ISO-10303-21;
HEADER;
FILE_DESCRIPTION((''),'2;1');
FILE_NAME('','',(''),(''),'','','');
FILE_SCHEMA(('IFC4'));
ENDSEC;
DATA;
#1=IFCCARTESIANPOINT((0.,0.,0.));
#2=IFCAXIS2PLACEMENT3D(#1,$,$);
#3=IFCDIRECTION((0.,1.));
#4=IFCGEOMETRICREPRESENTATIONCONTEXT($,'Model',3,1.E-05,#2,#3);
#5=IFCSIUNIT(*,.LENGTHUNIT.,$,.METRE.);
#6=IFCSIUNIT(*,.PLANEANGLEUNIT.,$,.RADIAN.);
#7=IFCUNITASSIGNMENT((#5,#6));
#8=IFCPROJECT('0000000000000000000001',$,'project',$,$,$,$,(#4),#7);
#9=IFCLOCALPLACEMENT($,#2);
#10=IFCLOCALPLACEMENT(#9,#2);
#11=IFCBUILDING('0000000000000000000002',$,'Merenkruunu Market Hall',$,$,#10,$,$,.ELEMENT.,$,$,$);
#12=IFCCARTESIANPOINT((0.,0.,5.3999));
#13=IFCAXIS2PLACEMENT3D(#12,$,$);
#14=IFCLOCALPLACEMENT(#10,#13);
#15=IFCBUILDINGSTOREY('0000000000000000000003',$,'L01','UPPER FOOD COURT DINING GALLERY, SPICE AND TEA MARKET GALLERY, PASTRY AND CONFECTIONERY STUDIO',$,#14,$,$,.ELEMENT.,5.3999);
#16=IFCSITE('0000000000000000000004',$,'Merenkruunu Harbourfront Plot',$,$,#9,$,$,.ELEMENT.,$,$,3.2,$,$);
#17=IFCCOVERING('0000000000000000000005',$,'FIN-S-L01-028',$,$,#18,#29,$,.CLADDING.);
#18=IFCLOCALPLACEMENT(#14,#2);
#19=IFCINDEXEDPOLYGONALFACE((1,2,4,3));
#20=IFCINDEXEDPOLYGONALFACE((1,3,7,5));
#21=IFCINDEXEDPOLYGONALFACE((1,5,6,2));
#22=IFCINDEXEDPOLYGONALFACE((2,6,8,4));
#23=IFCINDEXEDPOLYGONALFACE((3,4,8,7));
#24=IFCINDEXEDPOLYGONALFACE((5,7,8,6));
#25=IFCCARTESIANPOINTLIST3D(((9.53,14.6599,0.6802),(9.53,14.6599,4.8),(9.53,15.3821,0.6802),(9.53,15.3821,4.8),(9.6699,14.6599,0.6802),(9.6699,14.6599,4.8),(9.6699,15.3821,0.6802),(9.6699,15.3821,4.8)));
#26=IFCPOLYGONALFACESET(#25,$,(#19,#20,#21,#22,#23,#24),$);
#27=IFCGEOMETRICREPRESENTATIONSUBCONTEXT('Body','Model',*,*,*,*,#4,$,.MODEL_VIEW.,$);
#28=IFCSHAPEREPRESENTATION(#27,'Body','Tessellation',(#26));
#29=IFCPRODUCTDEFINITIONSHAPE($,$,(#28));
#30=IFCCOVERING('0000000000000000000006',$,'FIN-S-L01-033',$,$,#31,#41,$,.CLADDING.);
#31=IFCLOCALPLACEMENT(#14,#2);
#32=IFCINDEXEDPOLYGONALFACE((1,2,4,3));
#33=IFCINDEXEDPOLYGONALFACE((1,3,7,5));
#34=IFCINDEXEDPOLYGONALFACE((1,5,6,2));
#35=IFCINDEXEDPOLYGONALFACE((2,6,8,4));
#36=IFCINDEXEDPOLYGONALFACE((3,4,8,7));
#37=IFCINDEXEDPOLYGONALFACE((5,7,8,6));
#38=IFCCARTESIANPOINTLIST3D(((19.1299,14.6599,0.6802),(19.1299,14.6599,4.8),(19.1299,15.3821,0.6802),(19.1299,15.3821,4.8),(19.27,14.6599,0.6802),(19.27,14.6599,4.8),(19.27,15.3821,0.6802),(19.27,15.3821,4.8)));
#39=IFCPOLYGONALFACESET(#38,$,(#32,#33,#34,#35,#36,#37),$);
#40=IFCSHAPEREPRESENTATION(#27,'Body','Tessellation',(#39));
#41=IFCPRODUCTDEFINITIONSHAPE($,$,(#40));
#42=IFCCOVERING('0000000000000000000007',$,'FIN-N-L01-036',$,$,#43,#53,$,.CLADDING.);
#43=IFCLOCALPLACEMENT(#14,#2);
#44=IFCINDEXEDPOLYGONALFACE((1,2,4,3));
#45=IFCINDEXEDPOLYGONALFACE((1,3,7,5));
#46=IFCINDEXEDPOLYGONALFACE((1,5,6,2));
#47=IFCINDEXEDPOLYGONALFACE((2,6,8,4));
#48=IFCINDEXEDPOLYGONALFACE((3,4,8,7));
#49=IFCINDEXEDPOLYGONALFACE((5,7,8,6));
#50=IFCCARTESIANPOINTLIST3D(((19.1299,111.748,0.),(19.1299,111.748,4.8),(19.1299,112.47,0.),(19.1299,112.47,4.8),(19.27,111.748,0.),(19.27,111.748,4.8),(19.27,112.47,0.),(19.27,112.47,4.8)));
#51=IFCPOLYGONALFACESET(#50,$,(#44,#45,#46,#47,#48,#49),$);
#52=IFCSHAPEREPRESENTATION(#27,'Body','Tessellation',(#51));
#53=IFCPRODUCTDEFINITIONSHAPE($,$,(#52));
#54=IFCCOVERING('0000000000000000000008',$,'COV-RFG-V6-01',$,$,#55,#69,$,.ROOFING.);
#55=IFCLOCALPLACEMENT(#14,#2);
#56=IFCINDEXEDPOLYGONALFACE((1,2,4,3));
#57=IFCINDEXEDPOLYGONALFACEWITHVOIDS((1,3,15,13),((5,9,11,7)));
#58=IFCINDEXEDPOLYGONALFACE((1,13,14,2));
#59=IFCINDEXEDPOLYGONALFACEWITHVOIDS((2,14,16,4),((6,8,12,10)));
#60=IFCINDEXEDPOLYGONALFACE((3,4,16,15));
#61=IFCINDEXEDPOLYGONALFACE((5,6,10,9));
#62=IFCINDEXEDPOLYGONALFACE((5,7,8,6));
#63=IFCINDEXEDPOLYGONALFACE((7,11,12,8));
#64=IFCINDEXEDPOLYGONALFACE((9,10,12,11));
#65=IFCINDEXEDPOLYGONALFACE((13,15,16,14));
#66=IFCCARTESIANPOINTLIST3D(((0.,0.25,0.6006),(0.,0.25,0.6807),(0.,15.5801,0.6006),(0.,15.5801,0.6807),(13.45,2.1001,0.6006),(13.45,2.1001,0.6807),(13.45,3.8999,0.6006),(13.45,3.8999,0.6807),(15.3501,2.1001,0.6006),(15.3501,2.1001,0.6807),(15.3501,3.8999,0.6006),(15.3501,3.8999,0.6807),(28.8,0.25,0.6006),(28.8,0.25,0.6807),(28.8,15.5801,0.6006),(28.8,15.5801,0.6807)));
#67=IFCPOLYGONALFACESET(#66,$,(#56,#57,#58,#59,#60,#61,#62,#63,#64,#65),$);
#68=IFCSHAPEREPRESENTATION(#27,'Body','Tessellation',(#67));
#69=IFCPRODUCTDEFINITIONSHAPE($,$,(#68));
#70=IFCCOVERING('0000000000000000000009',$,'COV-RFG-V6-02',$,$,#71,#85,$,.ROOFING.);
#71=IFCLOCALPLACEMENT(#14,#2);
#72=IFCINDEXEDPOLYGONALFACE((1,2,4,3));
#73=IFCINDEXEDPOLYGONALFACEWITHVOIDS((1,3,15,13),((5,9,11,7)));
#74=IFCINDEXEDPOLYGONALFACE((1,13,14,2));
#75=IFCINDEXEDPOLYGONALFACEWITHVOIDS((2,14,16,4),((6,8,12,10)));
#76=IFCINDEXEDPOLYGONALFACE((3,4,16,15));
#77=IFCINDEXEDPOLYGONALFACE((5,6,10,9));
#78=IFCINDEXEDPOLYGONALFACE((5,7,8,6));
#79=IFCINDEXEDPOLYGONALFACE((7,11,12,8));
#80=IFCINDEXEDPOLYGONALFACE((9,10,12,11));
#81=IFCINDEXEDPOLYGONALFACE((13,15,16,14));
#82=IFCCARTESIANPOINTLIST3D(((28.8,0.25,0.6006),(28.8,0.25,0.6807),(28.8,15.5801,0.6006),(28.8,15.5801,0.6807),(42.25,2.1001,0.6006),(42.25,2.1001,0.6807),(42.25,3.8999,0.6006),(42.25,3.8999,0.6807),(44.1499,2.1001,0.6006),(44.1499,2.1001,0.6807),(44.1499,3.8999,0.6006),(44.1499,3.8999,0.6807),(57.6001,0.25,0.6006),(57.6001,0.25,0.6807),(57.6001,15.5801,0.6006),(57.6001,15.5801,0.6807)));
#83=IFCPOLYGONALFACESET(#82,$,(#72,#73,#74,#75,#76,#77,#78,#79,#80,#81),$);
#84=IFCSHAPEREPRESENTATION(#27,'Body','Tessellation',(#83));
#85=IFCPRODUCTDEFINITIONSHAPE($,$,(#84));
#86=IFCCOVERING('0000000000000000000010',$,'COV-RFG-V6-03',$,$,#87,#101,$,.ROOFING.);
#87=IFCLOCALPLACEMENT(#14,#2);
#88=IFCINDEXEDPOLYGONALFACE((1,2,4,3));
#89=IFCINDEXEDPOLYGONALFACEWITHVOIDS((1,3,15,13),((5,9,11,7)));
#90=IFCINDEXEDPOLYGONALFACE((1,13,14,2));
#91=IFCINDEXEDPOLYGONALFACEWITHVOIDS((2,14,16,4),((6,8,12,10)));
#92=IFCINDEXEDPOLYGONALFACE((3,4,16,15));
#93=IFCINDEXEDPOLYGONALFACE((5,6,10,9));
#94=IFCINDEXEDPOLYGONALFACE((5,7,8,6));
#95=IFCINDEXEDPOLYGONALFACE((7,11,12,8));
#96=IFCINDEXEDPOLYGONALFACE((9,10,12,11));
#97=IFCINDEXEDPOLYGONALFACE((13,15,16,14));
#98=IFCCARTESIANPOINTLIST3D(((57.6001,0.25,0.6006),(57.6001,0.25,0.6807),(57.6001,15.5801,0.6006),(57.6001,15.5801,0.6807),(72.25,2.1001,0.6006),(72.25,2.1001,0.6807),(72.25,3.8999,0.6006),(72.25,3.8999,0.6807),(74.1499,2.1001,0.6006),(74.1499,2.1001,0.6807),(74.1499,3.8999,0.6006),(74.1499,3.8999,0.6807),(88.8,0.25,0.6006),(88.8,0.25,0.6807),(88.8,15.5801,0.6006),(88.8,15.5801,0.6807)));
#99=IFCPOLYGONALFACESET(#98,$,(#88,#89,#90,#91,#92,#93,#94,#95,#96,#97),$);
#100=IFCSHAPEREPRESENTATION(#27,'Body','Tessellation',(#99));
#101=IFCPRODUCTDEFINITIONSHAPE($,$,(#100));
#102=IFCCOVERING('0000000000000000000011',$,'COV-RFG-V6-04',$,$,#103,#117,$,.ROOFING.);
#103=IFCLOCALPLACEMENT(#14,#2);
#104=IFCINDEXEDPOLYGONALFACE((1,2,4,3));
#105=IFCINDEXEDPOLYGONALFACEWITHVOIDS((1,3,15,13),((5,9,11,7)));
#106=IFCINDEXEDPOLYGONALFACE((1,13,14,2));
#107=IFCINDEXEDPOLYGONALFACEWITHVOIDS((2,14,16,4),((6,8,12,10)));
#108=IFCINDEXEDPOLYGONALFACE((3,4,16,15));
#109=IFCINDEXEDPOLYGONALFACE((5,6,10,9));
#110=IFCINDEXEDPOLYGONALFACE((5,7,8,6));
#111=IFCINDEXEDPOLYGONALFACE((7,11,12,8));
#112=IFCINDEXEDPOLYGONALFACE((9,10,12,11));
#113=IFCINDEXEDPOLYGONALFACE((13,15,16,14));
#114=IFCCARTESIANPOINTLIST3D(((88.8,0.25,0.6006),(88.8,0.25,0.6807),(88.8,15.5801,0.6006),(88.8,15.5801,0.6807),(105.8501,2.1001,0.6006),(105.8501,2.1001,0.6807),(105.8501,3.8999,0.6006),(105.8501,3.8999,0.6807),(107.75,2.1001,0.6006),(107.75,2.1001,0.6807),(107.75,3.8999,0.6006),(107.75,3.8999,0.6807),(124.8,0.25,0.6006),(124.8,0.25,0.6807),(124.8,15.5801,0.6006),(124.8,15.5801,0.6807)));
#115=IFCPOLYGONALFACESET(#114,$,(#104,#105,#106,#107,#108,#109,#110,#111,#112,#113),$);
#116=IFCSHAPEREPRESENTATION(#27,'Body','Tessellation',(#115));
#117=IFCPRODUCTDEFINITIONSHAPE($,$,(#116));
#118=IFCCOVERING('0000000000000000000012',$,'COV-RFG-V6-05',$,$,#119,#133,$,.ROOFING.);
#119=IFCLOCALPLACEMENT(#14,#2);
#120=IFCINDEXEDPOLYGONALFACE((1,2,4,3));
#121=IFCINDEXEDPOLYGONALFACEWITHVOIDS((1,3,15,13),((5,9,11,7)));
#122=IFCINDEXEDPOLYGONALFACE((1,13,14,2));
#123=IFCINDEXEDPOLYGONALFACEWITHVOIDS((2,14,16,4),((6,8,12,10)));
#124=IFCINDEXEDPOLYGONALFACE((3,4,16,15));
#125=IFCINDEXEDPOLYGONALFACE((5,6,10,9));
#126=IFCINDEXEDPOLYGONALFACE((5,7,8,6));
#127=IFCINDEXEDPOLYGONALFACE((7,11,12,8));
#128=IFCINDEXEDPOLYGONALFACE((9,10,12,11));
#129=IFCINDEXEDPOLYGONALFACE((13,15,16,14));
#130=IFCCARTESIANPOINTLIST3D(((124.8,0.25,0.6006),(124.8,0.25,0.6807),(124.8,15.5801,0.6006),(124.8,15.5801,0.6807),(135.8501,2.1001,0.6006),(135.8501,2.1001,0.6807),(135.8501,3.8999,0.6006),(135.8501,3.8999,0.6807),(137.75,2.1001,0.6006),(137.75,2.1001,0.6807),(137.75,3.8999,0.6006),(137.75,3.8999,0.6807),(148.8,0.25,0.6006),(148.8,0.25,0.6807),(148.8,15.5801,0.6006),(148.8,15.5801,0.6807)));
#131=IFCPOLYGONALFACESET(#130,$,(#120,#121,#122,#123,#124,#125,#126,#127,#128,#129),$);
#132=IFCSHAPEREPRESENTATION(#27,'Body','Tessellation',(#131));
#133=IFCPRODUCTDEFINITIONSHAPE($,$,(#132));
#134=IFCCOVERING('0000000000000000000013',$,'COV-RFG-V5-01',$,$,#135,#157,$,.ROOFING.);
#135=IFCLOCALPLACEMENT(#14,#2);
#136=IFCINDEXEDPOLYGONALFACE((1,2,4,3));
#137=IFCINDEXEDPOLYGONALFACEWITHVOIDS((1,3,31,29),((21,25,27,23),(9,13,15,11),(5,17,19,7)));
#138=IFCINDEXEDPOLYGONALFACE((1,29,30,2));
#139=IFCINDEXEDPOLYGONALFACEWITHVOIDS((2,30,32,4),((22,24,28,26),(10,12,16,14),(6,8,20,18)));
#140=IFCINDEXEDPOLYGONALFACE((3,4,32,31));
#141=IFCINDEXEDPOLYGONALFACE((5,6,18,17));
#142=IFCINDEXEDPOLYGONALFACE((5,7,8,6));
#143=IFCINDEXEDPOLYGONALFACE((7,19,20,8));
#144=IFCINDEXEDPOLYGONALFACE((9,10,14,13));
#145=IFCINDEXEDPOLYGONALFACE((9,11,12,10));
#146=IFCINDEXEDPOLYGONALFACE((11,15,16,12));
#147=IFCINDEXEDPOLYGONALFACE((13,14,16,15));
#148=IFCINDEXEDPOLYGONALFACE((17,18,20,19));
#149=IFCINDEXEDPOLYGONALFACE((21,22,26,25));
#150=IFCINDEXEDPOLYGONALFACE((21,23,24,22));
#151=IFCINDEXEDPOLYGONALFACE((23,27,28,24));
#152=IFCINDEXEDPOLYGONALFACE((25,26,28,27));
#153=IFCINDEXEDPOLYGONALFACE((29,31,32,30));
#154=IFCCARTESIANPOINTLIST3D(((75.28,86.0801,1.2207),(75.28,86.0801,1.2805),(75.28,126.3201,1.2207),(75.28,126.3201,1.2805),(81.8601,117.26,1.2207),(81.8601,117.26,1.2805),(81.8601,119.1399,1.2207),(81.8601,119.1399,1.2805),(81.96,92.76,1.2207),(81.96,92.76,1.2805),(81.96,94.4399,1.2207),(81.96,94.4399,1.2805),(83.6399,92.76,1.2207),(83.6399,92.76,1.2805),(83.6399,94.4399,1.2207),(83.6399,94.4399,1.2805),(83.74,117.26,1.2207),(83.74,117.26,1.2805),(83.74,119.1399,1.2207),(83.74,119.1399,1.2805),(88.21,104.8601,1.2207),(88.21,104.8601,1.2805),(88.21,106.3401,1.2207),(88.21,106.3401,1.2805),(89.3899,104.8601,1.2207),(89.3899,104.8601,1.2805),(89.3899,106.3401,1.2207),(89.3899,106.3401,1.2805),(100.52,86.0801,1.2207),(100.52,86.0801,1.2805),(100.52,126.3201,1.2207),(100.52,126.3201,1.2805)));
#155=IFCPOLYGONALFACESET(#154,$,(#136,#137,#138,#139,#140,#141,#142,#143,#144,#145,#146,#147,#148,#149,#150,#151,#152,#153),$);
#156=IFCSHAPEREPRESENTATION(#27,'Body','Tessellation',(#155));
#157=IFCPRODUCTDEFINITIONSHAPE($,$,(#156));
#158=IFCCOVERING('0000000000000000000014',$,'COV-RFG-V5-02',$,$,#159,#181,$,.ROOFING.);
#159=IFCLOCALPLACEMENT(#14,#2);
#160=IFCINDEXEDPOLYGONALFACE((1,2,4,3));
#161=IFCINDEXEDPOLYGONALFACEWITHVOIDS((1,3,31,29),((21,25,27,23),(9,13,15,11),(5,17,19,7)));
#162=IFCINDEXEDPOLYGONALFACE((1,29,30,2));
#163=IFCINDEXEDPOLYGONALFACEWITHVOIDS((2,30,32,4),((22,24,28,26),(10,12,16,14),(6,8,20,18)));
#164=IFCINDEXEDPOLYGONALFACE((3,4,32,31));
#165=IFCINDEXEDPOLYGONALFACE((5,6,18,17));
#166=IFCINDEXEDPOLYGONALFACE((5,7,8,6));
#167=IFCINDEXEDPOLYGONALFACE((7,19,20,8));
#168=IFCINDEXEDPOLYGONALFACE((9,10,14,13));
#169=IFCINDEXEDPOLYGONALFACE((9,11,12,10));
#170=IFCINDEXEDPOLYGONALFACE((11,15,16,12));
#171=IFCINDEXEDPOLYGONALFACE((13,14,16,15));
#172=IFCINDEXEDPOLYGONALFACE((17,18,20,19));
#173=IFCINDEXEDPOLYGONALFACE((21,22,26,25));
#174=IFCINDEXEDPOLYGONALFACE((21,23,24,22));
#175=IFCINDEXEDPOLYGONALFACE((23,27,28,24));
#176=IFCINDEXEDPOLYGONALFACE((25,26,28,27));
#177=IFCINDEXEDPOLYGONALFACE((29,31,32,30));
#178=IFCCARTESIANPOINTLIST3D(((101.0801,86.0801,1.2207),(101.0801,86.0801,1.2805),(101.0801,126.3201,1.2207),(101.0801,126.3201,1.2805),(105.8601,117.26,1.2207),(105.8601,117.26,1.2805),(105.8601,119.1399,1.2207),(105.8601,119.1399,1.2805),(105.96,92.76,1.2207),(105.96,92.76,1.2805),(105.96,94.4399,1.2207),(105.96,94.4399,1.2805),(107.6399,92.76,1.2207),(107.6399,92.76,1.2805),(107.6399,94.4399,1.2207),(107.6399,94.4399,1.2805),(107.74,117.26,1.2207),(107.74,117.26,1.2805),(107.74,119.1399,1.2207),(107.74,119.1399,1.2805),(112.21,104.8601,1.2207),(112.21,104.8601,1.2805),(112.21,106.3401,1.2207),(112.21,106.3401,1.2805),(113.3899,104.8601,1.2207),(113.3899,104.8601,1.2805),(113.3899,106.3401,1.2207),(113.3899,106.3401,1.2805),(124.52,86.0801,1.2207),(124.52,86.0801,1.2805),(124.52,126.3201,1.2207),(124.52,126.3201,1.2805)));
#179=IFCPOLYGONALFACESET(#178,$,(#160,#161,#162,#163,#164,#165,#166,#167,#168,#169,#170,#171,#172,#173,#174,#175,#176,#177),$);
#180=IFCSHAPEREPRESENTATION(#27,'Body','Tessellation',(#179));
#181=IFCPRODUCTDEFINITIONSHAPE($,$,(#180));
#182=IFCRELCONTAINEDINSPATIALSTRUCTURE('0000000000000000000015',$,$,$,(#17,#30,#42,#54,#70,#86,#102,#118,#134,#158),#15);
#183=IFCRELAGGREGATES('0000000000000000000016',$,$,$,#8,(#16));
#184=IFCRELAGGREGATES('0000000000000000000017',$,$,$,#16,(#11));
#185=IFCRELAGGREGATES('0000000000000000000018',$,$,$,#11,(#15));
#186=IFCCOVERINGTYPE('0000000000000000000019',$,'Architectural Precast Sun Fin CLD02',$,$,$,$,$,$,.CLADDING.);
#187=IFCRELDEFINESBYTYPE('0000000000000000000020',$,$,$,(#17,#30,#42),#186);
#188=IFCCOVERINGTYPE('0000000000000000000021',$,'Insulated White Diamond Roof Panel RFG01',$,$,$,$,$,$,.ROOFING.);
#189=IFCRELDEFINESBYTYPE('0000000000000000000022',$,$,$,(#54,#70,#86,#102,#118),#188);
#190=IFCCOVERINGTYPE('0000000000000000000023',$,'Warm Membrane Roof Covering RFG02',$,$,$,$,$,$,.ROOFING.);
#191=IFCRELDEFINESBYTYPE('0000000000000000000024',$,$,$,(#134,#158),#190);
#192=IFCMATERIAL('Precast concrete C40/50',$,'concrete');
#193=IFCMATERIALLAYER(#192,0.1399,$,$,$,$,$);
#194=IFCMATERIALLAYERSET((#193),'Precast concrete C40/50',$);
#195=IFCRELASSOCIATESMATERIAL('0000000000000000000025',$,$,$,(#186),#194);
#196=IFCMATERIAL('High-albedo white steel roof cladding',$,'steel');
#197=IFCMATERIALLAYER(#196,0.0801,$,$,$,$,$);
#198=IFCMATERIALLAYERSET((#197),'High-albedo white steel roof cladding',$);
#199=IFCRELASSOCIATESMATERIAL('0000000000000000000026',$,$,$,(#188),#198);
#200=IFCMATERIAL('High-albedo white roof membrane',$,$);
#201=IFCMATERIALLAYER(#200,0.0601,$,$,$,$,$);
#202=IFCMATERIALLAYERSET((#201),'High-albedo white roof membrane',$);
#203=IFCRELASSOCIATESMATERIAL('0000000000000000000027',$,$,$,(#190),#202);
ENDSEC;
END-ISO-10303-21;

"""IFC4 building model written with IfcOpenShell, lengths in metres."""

from ifc_helpers import new_model, si_unit, direction, frame, origin, place, context, subcontext, project, spatial, polyline, outline, extrude, material, layer, layer_set, type_object, element, save


model = new_model("IFC4")

# Units and contexts
model_context = context("Model", 3, precision=1e-05, world=origin(), true_north=direction((0.0, 1.0)))
body_context = subcontext(model_context, "Body", "Model", "MODEL_VIEW")
ifc_project = project(units=[si_unit("LENGTHUNIT", "METRE"), si_unit("PLANEANGLEUNIT", "RADIAN")], contexts=[model_context])

# Site, building, storey
site_placement = place(None, origin())
site = spatial("IfcSite", under=ifc_project, at=site_placement, Name="Merenkruunu Harbourfront Plot", CompositionType="ELEMENT", RefElevation=3.2)
building_placement = place(site_placement, origin())
building = spatial("IfcBuilding", under=site, at=building_placement, Name="Merenkruunu Market Hall", CompositionType="ELEMENT")
storey_placement = place(building_placement, frame((0.0, 0.0, 5.3999)))
storey = spatial("IfcBuildingStorey", under=building, at=storey_placement, Name="L01", Description="UPPER FOOD COURT DINING GALLERY, SPICE AND TEA MARKET GALLERY, PASTRY AND CONFECTIONERY STUDIO", CompositionType="ELEMENT", Elevation=5.3999)

# Shared definitions
ifc_material_1 = material(Name="Precast concrete C40/50", Category="concrete")

# Coverings
ifc_layer_1 = layer(ifc_material_1, 0.1399)
ifc_layer_set_1 = layer_set([ifc_layer_1], Name="Precast concrete C40/50")
covering_type_1 = type_object("IfcCoveringType", Name="Architectural Precast Sun Fin CLD02", PredefinedType="CLADDING", material=ifc_layer_set_1)
covering_1_placement = place(storey_placement, frame((0.0, 0.0, 0.6802)))
element("IfcCovering", 1, at=covering_1_placement, inside=storey, type_object=covering_type_1, Name="FIN-S-L01-028", PredefinedType="CLADDING", context=body_context, shape_type="SweptSolid", body=[
    extrude(outline(polyline([(9.53, 14.6599), (9.6699, 14.6599), (9.6699, 15.3821), (9.53, 15.3821), (9.53, 14.6599)])), origin(), (0.0, 0.0, 1.0), 4.1199),
])
covering_2_placement = place(storey_placement, frame((0.0, 0.0, 0.6802)))
element("IfcCovering", 2, at=covering_2_placement, inside=storey, type_object=covering_type_1, Name="FIN-S-L01-033", PredefinedType="CLADDING", context=body_context, shape_type="SweptSolid", body=[
    extrude(outline(polyline([(19.1299, 14.6599), (19.27, 14.6599), (19.27, 15.3821), (19.1299, 15.3821), (19.1299, 14.6599)])), origin(), (0.0, 0.0, 1.0), 4.1199),
])
covering_3_placement = place(storey_placement, origin())
element("IfcCovering", 3, at=covering_3_placement, inside=storey, type_object=covering_type_1, Name="FIN-N-L01-036", PredefinedType="CLADDING", context=body_context, shape_type="SweptSolid", body=[
    extrude(outline(polyline([(19.1299, 111.748), (19.27, 111.748), (19.27, 112.47), (19.1299, 112.47), (19.1299, 111.748)])), origin(), (0.0, 0.0, 1.0), 4.8),
])
ifc_material_2 = material(Name="High-albedo white steel roof cladding", Category="steel")
ifc_layer_2 = layer(ifc_material_2, 0.0801)
ifc_layer_set_2 = layer_set([ifc_layer_2], Name="High-albedo white steel roof cladding")
covering_type_2 = type_object("IfcCoveringType", Name="Insulated White Diamond Roof Panel RFG01", PredefinedType="ROOFING", material=ifc_layer_set_2)
covering_4_placement = place(storey_placement, frame((0.0, 0.0, 0.6006)))
element("IfcCovering", 4, at=covering_4_placement, inside=storey, type_object=covering_type_2, Name="COV-RFG-V6-01", PredefinedType="ROOFING", context=body_context, shape_type="SweptSolid", body=[
    extrude(outline(polyline([(0.0, 0.25), (28.8, 0.25), (28.8, 15.5801), (0.0, 15.5801), (0.0, 0.25)]), holes=[polyline([(13.45, 2.1001), (15.3501, 2.1001), (15.3501, 3.8999), (13.45, 3.8999), (13.45, 2.1001)])]), origin(), (0.0, 0.0, 1.0), 0.0801),
])
covering_5_placement = place(storey_placement, frame((0.0, 0.0, 0.6006)))
element("IfcCovering", 5, at=covering_5_placement, inside=storey, type_object=covering_type_2, Name="COV-RFG-V6-02", PredefinedType="ROOFING", context=body_context, shape_type="SweptSolid", body=[
    extrude(outline(polyline([(28.8, 0.25), (57.6001, 0.25), (57.6001, 15.5801), (28.8, 15.5801), (28.8, 0.25)]), holes=[polyline([(42.25, 2.1001), (44.1499, 2.1001), (44.1499, 3.8999), (42.25, 3.8999), (42.25, 2.1001)])]), origin(), (0.0, 0.0, 1.0), 0.0801),
])
covering_6_placement = place(storey_placement, frame((0.0, 0.0, 0.6006)))
element("IfcCovering", 6, at=covering_6_placement, inside=storey, type_object=covering_type_2, Name="COV-RFG-V6-03", PredefinedType="ROOFING", context=body_context, shape_type="SweptSolid", body=[
    extrude(outline(polyline([(57.6001, 0.25), (88.8, 0.25), (88.8, 15.5801), (57.6001, 15.5801), (57.6001, 0.25)]), holes=[polyline([(72.25, 2.1001), (74.1499, 2.1001), (74.1499, 3.8999), (72.25, 3.8999), (72.25, 2.1001)])]), origin(), (0.0, 0.0, 1.0), 0.0801),
])
covering_7_placement = place(storey_placement, frame((0.0, 0.0, 0.6006)))
element("IfcCovering", 7, at=covering_7_placement, inside=storey, type_object=covering_type_2, Name="COV-RFG-V6-04", PredefinedType="ROOFING", context=body_context, shape_type="SweptSolid", body=[
    extrude(outline(polyline([(88.8, 0.25), (124.8, 0.25), (124.8, 15.5801), (88.8, 15.5801), (88.8, 0.25)]), holes=[polyline([(105.8501, 2.1001), (107.75, 2.1001), (107.75, 3.8999), (105.8501, 3.8999), (105.8501, 2.1001)])]), origin(), (0.0, 0.0, 1.0), 0.0801),
])
covering_8_placement = place(storey_placement, frame((0.0, 0.0, 0.6006)))
element("IfcCovering", 8, at=covering_8_placement, inside=storey, type_object=covering_type_2, Name="COV-RFG-V6-05", PredefinedType="ROOFING", context=body_context, shape_type="SweptSolid", body=[
    extrude(outline(polyline([(124.8, 0.25), (148.8, 0.25), (148.8, 15.5801), (124.8, 15.5801), (124.8, 0.25)]), holes=[polyline([(135.8501, 2.1001), (137.75, 2.1001), (137.75, 3.8999), (135.8501, 3.8999), (135.8501, 2.1001)])]), origin(), (0.0, 0.0, 1.0), 0.0801),
])
ifc_material_3 = material(Name="High-albedo white roof membrane")
ifc_layer_3 = layer(ifc_material_3, 0.0601)
ifc_layer_set_3 = layer_set([ifc_layer_3], Name="High-albedo white roof membrane")
covering_type_3 = type_object("IfcCoveringType", Name="Warm Membrane Roof Covering RFG02", PredefinedType="ROOFING", material=ifc_layer_set_3)
covering_9_placement = place(storey_placement, frame((0.0, 0.0, 1.2207)))
element("IfcCovering", 9, at=covering_9_placement, inside=storey, type_object=covering_type_3, Name="COV-RFG-V5-01", PredefinedType="ROOFING", context=body_context, shape_type="SweptSolid", body=[
    extrude(outline(polyline([(75.28, 86.0801), (100.52, 86.0801), (100.52, 126.3201), (75.28, 126.3201), (75.28, 86.0801)]), holes=[polyline([(88.21, 104.8601), (89.3899, 104.8601), (89.3899, 106.3401), (88.21, 106.3401), (88.21, 104.8601)]), polyline([(81.96, 92.76), (83.6399, 92.76), (83.6399, 94.4399), (81.96, 94.4399), (81.96, 92.76)]), polyline([(81.8601, 117.26), (83.74, 117.26), (83.74, 119.1399), (81.8601, 119.1399), (81.8601, 117.26)])]), origin(), (0.0, 0.0, 1.0), 0.0598),
])
covering_10_placement = place(storey_placement, frame((0.0, 0.0, 1.2207)))
element("IfcCovering", 10, at=covering_10_placement, inside=storey, type_object=covering_type_3, Name="COV-RFG-V5-02", PredefinedType="ROOFING", context=body_context, shape_type="SweptSolid", body=[
    extrude(outline(polyline([(101.0801, 86.0801), (124.52, 86.0801), (124.52, 126.3201), (101.0801, 126.3201), (101.0801, 86.0801)]), holes=[polyline([(112.21, 104.8601), (113.3899, 104.8601), (113.3899, 106.3401), (112.21, 106.3401), (112.21, 104.8601)]), polyline([(105.96, 92.76), (107.6399, 92.76), (107.6399, 94.4399), (105.96, 94.4399), (105.96, 92.76)]), polyline([(105.8601, 117.26), (107.74, 117.26), (107.74, 119.1399), (105.8601, 119.1399), (105.8601, 117.26)])]), origin(), (0.0, 0.0, 1.0), 0.0598),
])

save(model, "model.ifc")
